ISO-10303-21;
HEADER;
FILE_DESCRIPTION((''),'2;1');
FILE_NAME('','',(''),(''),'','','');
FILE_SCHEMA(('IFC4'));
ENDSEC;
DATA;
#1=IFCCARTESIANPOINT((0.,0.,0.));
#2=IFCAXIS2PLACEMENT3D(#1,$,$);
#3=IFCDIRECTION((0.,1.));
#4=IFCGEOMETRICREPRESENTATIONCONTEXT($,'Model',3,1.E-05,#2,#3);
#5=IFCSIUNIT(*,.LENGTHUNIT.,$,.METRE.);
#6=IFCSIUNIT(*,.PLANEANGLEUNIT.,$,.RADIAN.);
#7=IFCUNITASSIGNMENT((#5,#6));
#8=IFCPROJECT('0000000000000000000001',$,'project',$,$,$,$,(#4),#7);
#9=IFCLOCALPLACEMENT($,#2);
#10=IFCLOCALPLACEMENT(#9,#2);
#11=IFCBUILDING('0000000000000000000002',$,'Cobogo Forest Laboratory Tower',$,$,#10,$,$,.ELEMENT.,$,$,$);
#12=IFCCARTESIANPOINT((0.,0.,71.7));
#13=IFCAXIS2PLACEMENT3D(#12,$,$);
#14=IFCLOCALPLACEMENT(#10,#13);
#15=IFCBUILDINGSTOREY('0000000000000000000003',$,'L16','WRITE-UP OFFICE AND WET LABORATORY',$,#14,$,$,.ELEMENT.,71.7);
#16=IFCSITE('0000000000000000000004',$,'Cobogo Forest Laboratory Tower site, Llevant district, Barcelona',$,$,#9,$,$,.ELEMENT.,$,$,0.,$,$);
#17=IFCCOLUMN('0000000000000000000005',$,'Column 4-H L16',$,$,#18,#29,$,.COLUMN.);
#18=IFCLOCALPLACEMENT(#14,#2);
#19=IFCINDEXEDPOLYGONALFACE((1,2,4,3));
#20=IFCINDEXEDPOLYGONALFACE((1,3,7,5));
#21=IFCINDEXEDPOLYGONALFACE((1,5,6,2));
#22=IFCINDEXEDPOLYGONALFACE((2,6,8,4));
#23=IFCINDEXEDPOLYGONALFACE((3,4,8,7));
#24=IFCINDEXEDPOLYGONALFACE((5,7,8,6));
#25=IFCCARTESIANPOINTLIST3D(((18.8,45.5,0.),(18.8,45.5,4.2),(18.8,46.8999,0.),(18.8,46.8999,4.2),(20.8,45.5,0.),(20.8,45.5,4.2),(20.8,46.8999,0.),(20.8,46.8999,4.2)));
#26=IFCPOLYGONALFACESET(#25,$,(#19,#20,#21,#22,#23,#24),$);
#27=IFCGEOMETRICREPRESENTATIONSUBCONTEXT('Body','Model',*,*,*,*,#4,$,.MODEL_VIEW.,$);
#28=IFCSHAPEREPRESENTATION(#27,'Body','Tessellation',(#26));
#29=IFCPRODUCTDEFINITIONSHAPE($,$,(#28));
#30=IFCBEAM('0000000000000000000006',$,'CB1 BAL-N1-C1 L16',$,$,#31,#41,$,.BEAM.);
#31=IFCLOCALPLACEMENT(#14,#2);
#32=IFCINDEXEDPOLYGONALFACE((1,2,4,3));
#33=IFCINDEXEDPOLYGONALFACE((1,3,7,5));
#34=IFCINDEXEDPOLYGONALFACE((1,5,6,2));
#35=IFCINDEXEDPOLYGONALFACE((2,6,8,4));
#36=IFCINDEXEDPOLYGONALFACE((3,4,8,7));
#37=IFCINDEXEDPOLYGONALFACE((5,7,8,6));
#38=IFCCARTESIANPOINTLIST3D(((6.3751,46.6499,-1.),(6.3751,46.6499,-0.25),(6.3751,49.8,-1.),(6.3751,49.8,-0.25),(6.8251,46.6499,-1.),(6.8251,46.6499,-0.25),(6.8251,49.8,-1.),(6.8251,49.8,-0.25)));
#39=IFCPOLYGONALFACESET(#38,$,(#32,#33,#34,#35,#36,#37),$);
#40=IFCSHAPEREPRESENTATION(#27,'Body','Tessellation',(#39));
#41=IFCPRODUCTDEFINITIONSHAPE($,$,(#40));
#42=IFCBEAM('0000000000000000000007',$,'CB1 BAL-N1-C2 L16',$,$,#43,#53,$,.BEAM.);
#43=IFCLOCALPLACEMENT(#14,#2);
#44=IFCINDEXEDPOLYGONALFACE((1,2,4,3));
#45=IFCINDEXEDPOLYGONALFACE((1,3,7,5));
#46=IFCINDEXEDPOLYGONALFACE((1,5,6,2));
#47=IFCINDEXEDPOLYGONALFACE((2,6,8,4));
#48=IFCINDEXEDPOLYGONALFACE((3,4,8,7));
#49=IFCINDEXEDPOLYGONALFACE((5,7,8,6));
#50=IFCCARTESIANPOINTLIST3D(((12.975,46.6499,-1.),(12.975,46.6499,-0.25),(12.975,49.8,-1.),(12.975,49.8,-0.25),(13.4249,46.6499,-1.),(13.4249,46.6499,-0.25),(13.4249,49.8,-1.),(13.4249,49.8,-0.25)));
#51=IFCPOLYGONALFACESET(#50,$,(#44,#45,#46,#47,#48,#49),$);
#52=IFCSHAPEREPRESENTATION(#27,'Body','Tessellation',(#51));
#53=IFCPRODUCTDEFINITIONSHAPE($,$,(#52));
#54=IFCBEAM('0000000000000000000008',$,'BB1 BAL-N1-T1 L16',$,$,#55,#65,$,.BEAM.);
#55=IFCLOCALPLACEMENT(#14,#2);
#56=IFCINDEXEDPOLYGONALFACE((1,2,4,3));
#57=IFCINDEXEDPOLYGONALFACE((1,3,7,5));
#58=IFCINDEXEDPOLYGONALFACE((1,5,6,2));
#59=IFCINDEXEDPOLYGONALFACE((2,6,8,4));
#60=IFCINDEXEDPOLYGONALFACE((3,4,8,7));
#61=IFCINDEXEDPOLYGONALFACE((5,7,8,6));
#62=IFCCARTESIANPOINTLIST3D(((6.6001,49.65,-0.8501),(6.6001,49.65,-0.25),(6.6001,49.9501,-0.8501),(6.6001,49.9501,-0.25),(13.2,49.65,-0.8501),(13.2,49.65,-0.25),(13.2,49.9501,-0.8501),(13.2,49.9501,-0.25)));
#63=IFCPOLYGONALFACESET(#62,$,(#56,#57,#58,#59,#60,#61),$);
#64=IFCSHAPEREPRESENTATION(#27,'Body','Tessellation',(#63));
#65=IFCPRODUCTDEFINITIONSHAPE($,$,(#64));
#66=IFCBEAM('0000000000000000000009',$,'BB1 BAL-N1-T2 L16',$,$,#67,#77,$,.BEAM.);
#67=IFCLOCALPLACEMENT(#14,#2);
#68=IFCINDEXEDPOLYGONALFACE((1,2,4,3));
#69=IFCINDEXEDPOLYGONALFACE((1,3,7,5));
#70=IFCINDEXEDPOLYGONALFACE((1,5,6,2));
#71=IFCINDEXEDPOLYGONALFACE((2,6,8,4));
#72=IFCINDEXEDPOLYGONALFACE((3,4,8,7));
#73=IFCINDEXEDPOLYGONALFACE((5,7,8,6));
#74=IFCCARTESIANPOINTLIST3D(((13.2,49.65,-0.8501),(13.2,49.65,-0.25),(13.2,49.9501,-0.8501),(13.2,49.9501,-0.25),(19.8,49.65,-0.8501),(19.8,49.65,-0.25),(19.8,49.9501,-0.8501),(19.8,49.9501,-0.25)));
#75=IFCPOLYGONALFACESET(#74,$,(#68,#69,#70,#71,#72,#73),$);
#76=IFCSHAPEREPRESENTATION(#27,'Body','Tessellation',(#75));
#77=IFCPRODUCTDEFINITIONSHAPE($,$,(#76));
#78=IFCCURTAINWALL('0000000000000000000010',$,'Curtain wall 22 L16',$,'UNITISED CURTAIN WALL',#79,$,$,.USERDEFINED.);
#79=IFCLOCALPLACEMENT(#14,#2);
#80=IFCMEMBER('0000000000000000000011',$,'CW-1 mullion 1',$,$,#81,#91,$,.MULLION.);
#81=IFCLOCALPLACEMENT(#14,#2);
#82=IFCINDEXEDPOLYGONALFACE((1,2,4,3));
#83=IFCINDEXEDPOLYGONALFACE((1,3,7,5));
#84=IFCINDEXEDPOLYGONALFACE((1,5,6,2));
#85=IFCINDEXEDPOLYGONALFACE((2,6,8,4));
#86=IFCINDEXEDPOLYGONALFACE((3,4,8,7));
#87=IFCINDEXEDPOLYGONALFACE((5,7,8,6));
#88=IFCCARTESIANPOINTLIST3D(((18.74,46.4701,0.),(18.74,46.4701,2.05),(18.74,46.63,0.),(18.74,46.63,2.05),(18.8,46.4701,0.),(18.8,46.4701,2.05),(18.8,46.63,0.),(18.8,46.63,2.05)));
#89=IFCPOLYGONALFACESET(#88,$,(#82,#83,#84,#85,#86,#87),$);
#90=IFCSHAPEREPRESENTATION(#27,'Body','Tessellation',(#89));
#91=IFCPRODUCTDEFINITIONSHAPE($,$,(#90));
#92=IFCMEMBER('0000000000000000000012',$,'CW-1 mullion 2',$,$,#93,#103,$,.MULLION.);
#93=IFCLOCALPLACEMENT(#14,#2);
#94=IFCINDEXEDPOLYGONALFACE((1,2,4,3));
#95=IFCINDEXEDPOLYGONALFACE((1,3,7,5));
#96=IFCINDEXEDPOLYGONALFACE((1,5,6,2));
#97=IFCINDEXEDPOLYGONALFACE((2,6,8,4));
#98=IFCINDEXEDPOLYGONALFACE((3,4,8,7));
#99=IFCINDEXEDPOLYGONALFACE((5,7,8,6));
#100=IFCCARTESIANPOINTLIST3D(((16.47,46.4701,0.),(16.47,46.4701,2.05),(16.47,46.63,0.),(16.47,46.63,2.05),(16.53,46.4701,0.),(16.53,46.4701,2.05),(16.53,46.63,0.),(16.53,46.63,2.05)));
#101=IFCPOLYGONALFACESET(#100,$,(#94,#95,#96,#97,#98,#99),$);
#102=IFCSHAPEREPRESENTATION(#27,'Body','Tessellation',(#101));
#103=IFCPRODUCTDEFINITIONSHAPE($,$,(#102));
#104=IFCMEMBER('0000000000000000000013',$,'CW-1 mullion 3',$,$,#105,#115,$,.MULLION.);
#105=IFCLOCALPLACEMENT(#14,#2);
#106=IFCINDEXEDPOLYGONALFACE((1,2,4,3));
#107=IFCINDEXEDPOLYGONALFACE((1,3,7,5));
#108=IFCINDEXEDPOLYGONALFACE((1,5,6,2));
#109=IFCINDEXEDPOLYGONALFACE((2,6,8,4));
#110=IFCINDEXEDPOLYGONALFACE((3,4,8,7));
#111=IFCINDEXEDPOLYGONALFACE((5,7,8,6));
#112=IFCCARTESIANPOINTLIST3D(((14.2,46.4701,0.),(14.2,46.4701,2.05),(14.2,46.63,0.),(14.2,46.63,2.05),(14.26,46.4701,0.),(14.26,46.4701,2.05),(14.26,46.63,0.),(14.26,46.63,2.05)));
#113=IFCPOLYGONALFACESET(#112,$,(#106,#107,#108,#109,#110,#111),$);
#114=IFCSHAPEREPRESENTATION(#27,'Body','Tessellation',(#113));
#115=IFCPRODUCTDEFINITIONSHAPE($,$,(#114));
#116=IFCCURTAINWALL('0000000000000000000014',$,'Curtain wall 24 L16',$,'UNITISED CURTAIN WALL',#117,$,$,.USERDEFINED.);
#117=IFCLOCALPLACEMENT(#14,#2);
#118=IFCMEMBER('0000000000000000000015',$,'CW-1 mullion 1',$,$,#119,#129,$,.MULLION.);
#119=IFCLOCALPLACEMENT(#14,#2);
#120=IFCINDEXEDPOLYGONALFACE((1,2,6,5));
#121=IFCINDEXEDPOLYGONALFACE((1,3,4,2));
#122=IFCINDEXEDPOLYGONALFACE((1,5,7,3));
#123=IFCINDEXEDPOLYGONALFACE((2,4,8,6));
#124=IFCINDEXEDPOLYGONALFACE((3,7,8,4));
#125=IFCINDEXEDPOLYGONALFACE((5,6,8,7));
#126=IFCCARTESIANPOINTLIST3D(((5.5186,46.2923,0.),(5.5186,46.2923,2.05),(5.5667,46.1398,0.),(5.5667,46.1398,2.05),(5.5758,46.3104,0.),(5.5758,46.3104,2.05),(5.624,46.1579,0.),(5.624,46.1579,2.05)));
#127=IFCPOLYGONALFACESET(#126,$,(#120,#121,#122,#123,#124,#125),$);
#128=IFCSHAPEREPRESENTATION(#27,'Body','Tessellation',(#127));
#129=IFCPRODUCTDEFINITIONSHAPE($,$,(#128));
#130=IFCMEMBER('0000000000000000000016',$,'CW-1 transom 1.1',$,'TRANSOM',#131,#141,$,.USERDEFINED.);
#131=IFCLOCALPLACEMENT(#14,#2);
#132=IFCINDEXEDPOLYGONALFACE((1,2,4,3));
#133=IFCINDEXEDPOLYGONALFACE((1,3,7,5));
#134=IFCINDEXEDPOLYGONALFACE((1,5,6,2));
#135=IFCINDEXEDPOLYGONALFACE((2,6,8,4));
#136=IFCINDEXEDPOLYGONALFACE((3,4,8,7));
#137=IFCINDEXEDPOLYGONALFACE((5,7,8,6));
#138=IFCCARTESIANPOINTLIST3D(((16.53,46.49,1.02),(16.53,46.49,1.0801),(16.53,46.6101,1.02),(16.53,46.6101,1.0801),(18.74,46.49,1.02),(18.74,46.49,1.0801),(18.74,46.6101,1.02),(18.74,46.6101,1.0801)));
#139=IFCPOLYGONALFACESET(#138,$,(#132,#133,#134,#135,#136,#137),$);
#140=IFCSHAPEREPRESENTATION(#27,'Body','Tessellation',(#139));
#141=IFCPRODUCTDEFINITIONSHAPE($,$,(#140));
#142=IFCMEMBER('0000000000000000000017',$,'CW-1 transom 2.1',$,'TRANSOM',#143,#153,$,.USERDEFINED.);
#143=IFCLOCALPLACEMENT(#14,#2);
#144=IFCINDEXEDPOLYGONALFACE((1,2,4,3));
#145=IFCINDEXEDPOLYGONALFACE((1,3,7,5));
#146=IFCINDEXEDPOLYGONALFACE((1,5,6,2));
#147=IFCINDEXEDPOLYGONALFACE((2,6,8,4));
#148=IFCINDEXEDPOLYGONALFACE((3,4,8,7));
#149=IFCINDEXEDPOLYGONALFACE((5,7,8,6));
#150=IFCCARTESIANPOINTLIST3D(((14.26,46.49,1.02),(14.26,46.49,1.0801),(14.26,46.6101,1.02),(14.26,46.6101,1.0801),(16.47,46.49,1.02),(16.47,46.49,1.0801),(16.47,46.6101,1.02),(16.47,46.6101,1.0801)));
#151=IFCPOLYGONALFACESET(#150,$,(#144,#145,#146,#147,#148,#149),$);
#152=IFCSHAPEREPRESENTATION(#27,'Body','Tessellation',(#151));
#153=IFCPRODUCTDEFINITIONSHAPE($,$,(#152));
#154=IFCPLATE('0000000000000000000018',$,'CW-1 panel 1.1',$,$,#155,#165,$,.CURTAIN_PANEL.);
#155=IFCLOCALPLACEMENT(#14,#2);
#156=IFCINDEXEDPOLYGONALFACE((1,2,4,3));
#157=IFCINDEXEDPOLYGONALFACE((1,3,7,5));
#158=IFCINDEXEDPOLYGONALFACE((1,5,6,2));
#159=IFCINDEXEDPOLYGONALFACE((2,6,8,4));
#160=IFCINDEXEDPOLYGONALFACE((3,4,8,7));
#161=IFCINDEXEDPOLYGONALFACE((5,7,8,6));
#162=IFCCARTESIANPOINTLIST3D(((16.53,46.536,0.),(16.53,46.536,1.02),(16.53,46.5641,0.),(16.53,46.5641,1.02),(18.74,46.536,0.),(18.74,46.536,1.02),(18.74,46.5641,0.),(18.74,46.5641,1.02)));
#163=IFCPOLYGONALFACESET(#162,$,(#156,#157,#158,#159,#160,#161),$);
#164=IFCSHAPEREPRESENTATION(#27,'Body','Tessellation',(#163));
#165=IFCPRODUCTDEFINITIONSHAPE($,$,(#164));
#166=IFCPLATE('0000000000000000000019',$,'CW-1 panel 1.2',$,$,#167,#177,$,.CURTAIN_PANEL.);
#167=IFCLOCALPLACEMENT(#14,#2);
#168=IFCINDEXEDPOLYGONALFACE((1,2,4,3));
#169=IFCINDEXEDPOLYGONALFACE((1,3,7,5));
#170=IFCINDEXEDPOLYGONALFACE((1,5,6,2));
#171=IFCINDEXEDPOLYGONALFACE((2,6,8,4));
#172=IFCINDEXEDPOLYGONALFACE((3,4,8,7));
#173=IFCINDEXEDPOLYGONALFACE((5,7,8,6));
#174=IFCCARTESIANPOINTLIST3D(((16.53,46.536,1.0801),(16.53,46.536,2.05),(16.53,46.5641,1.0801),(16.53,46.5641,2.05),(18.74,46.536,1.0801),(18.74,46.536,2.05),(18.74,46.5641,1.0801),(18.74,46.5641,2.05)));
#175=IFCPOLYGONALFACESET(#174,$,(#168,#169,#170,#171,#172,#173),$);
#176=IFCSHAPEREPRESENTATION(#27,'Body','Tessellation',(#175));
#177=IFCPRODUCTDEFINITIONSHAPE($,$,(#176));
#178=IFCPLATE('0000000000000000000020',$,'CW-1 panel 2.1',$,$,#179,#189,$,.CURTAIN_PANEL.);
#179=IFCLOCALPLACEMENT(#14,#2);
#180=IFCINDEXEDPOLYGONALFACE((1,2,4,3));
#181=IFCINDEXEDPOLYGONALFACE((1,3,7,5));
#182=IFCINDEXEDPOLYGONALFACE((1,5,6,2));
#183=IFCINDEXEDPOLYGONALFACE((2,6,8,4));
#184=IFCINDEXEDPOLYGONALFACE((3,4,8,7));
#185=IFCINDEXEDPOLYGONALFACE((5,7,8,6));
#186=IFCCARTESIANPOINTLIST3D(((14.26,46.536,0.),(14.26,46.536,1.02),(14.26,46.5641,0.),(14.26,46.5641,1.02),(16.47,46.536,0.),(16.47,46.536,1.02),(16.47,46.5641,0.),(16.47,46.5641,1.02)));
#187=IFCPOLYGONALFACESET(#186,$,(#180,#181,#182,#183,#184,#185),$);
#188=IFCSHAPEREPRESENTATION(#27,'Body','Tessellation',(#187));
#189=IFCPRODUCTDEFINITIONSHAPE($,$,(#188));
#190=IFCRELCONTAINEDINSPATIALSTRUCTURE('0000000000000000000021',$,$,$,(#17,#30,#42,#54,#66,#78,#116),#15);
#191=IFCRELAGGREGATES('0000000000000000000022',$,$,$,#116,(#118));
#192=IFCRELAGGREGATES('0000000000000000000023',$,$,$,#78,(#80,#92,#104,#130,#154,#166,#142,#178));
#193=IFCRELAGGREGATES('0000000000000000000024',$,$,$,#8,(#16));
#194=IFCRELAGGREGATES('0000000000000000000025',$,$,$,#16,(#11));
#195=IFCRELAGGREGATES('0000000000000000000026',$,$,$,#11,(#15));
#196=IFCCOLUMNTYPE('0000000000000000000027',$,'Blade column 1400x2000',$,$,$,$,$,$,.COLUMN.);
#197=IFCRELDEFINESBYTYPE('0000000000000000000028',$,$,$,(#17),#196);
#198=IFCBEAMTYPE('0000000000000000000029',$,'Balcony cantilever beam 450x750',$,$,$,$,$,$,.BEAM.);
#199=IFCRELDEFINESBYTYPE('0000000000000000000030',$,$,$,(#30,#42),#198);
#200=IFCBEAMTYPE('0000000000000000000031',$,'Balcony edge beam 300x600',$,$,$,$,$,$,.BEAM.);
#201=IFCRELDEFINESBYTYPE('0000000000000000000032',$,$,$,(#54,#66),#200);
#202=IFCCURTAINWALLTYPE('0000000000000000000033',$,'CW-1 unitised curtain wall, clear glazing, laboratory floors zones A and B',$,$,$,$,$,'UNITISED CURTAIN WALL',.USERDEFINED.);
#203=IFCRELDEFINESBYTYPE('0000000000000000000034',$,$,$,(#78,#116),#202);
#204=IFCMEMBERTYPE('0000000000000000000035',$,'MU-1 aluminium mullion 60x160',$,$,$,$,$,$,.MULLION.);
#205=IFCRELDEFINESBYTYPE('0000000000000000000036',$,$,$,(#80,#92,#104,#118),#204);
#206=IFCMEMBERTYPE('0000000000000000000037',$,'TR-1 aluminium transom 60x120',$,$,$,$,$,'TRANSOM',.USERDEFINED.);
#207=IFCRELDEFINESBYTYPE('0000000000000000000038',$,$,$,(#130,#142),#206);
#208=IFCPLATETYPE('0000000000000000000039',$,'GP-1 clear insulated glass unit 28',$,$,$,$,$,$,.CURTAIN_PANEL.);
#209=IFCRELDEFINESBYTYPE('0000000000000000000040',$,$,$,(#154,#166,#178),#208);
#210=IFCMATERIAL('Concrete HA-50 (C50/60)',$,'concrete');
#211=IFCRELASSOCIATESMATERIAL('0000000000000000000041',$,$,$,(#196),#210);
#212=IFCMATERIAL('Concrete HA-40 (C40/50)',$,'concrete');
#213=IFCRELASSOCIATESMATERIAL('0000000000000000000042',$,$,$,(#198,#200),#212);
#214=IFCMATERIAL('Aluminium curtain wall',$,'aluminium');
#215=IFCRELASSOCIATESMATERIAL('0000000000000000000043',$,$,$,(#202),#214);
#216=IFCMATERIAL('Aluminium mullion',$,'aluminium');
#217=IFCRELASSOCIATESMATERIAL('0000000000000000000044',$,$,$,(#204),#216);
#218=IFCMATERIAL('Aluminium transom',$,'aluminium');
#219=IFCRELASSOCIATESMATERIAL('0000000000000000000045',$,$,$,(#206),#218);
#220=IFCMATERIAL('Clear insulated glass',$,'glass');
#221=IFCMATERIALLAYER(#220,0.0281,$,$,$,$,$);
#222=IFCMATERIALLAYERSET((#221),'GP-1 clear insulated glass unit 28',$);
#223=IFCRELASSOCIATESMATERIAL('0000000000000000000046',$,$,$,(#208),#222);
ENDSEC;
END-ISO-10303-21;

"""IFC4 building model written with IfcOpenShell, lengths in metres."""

from ifc_helpers import new_model, si_unit, direction, frame, origin, origin_2d, place, context, subcontext, project, spatial, rectangle, extrude, material, layer, layer_set, material_profile, profile_set, type_object, element, aggregate, save


model = new_model("IFC4")

# Units and contexts
model_context = context("Model", 3, precision=1e-05, world=origin(), true_north=direction((0.0, 1.0)))
body_context = subcontext(model_context, "Body", "Model", "MODEL_VIEW")
ifc_project = project(units=[si_unit("LENGTHUNIT", "METRE"), si_unit("PLANEANGLEUNIT", "RADIAN")], contexts=[model_context])

# Site, building, storey
site_placement = place(None, origin())
site = spatial("IfcSite", under=ifc_project, at=site_placement, Name="Cobogo Forest Laboratory Tower site, Llevant district, Barcelona", CompositionType="ELEMENT", RefElevation=0.0)
building_placement = place(site_placement, origin())
building = spatial("IfcBuilding", under=site, at=building_placement, Name="Cobogo Forest Laboratory Tower", CompositionType="ELEMENT")
storey_placement = place(building_placement, frame((0.0, 0.0, 71.7)))
storey = spatial("IfcBuildingStorey", under=building, at=storey_placement, Name="L16", Description="WRITE-UP OFFICE AND WET LABORATORY", CompositionType="ELEMENT", Elevation=71.7)

# Column
ifc_material_1 = material(Name="Concrete HA-50 (C50/60)", Category="concrete")
ifc_material_profile_1 = material_profile(ifc_material_1, rectangle(XDim=2.0, YDim=1.3999, at=origin_2d()), Name="RC 1400x2000")
ifc_profile_set_1 = profile_set([ifc_material_profile_1], Name="Concrete HA-50 (C50/60)")
column_type = type_object("IfcColumnType", Name="Blade column 1400x2000", PredefinedType="COLUMN", material=ifc_profile_set_1)
column_placement = place(storey_placement, frame((19.8, 46.2, 0.0), z_axis=(0.0, 0.0, 1.0), x_axis=(1.0, 0.0, 0.0)))
element("IfcColumn", 1, at=column_placement, inside=storey, type_object=column_type, Name="Column 4-H L16", PredefinedType="COLUMN", context=body_context, shape_type="SweptSolid", body=[
    extrude(rectangle(XDim=2.0, YDim=1.3999, at=origin_2d()), origin(), (0.0, 0.0, 1.0), 4.2),
])

# Beams
ifc_material_2 = material(Name="Concrete HA-40 (C40/50)", Category="concrete")
ifc_material_profile_2 = material_profile(ifc_material_2, rectangle(XDim=0.45, YDim=0.75, at=origin_2d()), Name="RC 450x750")
ifc_profile_set_2 = profile_set([ifc_material_profile_2], Name="Concrete HA-40 (C40/50)")
beam_type_1 = type_object("IfcBeamType", Name="Balcony cantilever beam 450x750", PredefinedType="BEAM", material=ifc_profile_set_2)
for number, where, z_axis, x_axis, name in (
    (2, (6.6001, 46.6499, -0.625), (0.0, 1.0, 0.0), (-1.0, 0.0, 0.0), "CB1 BAL-N1-C1 L16"),
    (3, (13.2, 46.6499, -0.625), (0.0, 1.0, 0.0), (-1.0, 0.0, 0.0), "CB1 BAL-N1-C2 L16"),
):
    element("IfcBeam", number, at=place(storey_placement, frame(where, z_axis=z_axis, x_axis=x_axis)), inside=storey, type_object=beam_type_1, Name=name, PredefinedType="BEAM", context=body_context, shape_type="SweptSolid", body=[
        extrude(rectangle(XDim=0.45, YDim=0.75, at=origin_2d()), origin(), (0.0, 0.0, 1.0), 3.1501),
    ])
ifc_material_profile_3 = material_profile(ifc_material_2, rectangle(XDim=0.3, YDim=0.6001, at=origin_2d()), Name="RC 300x600")
ifc_profile_set_3 = profile_set([ifc_material_profile_3], Name="Concrete HA-40 (C40/50)")
beam_type_2 = type_object("IfcBeamType", Name="Balcony edge beam 300x600", PredefinedType="BEAM", material=ifc_profile_set_3)
beam_1_placement = place(storey_placement, frame((6.6001, 49.8, -0.55), z_axis=(1.0, 0.0, 0.0), x_axis=(0.0, 1.0, 0.0)))
element("IfcBeam", 4, at=beam_1_placement, inside=storey, type_object=beam_type_2, Name="BB1 BAL-N1-T1 L16", PredefinedType="BEAM", context=body_context, shape_type="SweptSolid", body=[
    extrude(rectangle(XDim=0.3, YDim=0.6001, at=origin_2d()), origin(), (0.0, 0.0, 1.0), 6.5999),
])
beam_2_placement = place(storey_placement, frame((13.2, 49.8, -0.55), z_axis=(1.0, 0.0, 0.0), x_axis=(0.0, 1.0, 0.0)))
element("IfcBeam", 5, at=beam_2_placement, inside=storey, type_object=beam_type_2, Name="BB1 BAL-N1-T2 L16", PredefinedType="BEAM", context=body_context, shape_type="SweptSolid", body=[
    extrude(rectangle(XDim=0.3, YDim=0.6001, at=origin_2d()), origin(), (0.0, 0.0, 1.0), 6.6001),
])

# Curtain wall, members
ifc_material_3 = material(Name="Aluminium curtain wall", Category="aluminium")
curtain_wall_type = type_object("IfcCurtainWallType", Name="CW-1 unitised curtain wall, clear glazing, laboratory floors zones A and B", ElementType="UNITISED CURTAIN WALL", PredefinedType="USERDEFINED", material=ifc_material_3)
curtain_wall_1_placement = place(storey_placement, origin())
curtain_wall_1 = element("IfcCurtainWall", 6, at=curtain_wall_1_placement, inside=storey, type_object=curtain_wall_type, Name="Curtain wall 22 L16", ObjectType="UNITISED CURTAIN WALL", PredefinedType="USERDEFINED")
ifc_material_4 = material(Name="Aluminium mullion", Category="aluminium")
ifc_material_profile_4 = material_profile(ifc_material_4, rectangle(XDim=0.0601, YDim=0.1599, at=origin_2d()), Name="AL 60x160")
ifc_profile_set_4 = profile_set([ifc_material_profile_4], Name="Aluminium mullion")
member_type_1 = type_object("IfcMemberType", Name="MU-1 aluminium mullion 60x160", PredefinedType="MULLION", material=ifc_profile_set_4)
member_1_placement = place(storey_placement, frame((18.77, 46.55, 0.0), z_axis=(0.0, 0.0, 1.0), x_axis=(-1.0, 0.0, 0.0)))
member_1 = element("IfcMember", 7, at=member_1_placement, type_object=member_type_1, Name="CW-1 mullion 1", PredefinedType="MULLION", context=body_context, shape_type="SweptSolid", body=[
    extrude(rectangle(XDim=0.0601, YDim=0.1599, at=origin_2d()), origin(), (0.0, 0.0, 1.0), 2.05),
])
member_2_placement = place(storey_placement, frame((16.5, 46.55, 0.0), z_axis=(0.0, 0.0, 1.0), x_axis=(-1.0, 0.0, 0.0)))
member_2 = element("IfcMember", 8, at=member_2_placement, type_object=member_type_1, Name="CW-1 mullion 2", PredefinedType="MULLION", context=body_context, shape_type="SweptSolid", body=[
    extrude(rectangle(XDim=0.0601, YDim=0.1599, at=origin_2d()), origin(), (0.0, 0.0, 1.0), 2.05),
])
member_3_placement = place(storey_placement, frame((14.23, 46.55, 0.0), z_axis=(0.0, 0.0, 1.0), x_axis=(-1.0, 0.0, 0.0)))
member_3 = element("IfcMember", 9, at=member_3_placement, type_object=member_type_1, Name="CW-1 mullion 3", PredefinedType="MULLION", context=body_context, shape_type="SweptSolid", body=[
    extrude(rectangle(XDim=0.0601, YDim=0.1599, at=origin_2d()), origin(), (0.0, 0.0, 1.0), 2.05),
])

# Curtain wall, member
curtain_wall_2_placement = place(storey_placement, origin())
curtain_wall_2 = element("IfcCurtainWall", 10, at=curtain_wall_2_placement, inside=storey, type_object=curtain_wall_type, Name="Curtain wall 24 L16", ObjectType="UNITISED CURTAIN WALL", PredefinedType="USERDEFINED")
member_4_placement = place(storey_placement, frame((5.5713, 46.2251, 0.0), z_axis=(0.0, 0.0, 1.0), x_axis=(-0.953581, -0.301135, 0.0)))
member_4 = element("IfcMember", 11, at=member_4_placement, type_object=member_type_1, Name="CW-1 mullion 1", PredefinedType="MULLION", context=body_context, shape_type="SweptSolid", body=[
    extrude(rectangle(XDim=0.0601, YDim=0.1599, at=origin_2d()), origin(), (0.0, 0.0, 1.0), 2.05),
])
aggregate(curtain_wall_2, [member_4])

# Members
ifc_material_5 = material(Name="Aluminium transom", Category="aluminium")
ifc_material_profile_5 = material_profile(ifc_material_5, rectangle(XDim=0.1201, YDim=0.0601, at=origin_2d()), Name="AL 60x120")
ifc_profile_set_5 = profile_set([ifc_material_profile_5], Name="Aluminium transom")
member_type_2 = type_object("IfcMemberType", Name="TR-1 aluminium transom 60x120", ElementType="TRANSOM", PredefinedType="USERDEFINED", material=ifc_profile_set_5)
member_5_placement = place(storey_placement, frame((18.74, 46.55, 1.05), z_axis=(-1.0, 0.0, 0.0), x_axis=(0.0, -1.0, 0.0)))
member_5 = element("IfcMember", 12, at=member_5_placement, type_object=member_type_2, Name="CW-1 transom 1.1", ObjectType="TRANSOM", PredefinedType="USERDEFINED", context=body_context, shape_type="SweptSolid", body=[
    extrude(rectangle(XDim=0.1201, YDim=0.0601, at=origin_2d()), origin(), (0.0, 0.0, 1.0), 2.21),
])
member_6_placement = place(storey_placement, frame((16.47, 46.55, 1.05), z_axis=(-1.0, 0.0, 0.0), x_axis=(0.0, -1.0, 0.0)))
member_6 = element("IfcMember", 13, at=member_6_placement, type_object=member_type_2, Name="CW-1 transom 2.1", ObjectType="TRANSOM", PredefinedType="USERDEFINED", context=body_context, shape_type="SweptSolid", body=[
    extrude(rectangle(XDim=0.1201, YDim=0.0601, at=origin_2d()), origin(), (0.0, 0.0, 1.0), 2.21),
])

# Plates
ifc_material_6 = material(Name="Clear insulated glass", Category="glass")
ifc_layer_1 = layer(ifc_material_6, 0.0281)
ifc_layer_set_1 = layer_set([ifc_layer_1], Name="GP-1 clear insulated glass unit 28")
plate_type = type_object("IfcPlateType", Name="GP-1 clear insulated glass unit 28", PredefinedType="CURTAIN_PANEL", material=ifc_layer_set_1)
plate_1_placement = place(storey_placement, frame((17.635, 46.55, 0.0), z_axis=(0.0, 0.0, 1.0), x_axis=(-1.0, 0.0, 0.0)))
plate_1 = element("IfcPlate", 14, at=plate_1_placement, type_object=plate_type, Name="CW-1 panel 1.1", PredefinedType="CURTAIN_PANEL", context=body_context, shape_type="SweptSolid", body=[
    extrude(rectangle(XDim=2.21, YDim=0.0281, at=origin_2d()), origin(), (0.0, 0.0, 1.0), 1.02),
])
plate_2_placement = place(storey_placement, frame((17.635, 46.55, 1.0801), z_axis=(0.0, 0.0, 1.0), x_axis=(-1.0, 0.0, 0.0)))
plate_2 = element("IfcPlate", 15, at=plate_2_placement, type_object=plate_type, Name="CW-1 panel 1.2", PredefinedType="CURTAIN_PANEL", context=body_context, shape_type="SweptSolid", body=[
    extrude(rectangle(XDim=2.21, YDim=0.0281, at=origin_2d()), origin(), (0.0, 0.0, 1.0), 0.97),
])
plate_3_placement = place(storey_placement, frame((15.365, 46.55, 0.0), z_axis=(0.0, 0.0, 1.0), x_axis=(-1.0, 0.0, 0.0)))
plate_3 = element("IfcPlate", 16, at=plate_3_placement, type_object=plate_type, Name="CW-1 panel 2.1", PredefinedType="CURTAIN_PANEL", context=body_context, shape_type="SweptSolid", body=[
    extrude(rectangle(XDim=2.21, YDim=0.0281, at=origin_2d()), origin(), (0.0, 0.0, 1.0), 1.02),
])
aggregate(curtain_wall_1, [member_1, member_2, member_3, member_5, plate_1, plate_2, member_6, plate_3])

save(model, "model.ifc")
